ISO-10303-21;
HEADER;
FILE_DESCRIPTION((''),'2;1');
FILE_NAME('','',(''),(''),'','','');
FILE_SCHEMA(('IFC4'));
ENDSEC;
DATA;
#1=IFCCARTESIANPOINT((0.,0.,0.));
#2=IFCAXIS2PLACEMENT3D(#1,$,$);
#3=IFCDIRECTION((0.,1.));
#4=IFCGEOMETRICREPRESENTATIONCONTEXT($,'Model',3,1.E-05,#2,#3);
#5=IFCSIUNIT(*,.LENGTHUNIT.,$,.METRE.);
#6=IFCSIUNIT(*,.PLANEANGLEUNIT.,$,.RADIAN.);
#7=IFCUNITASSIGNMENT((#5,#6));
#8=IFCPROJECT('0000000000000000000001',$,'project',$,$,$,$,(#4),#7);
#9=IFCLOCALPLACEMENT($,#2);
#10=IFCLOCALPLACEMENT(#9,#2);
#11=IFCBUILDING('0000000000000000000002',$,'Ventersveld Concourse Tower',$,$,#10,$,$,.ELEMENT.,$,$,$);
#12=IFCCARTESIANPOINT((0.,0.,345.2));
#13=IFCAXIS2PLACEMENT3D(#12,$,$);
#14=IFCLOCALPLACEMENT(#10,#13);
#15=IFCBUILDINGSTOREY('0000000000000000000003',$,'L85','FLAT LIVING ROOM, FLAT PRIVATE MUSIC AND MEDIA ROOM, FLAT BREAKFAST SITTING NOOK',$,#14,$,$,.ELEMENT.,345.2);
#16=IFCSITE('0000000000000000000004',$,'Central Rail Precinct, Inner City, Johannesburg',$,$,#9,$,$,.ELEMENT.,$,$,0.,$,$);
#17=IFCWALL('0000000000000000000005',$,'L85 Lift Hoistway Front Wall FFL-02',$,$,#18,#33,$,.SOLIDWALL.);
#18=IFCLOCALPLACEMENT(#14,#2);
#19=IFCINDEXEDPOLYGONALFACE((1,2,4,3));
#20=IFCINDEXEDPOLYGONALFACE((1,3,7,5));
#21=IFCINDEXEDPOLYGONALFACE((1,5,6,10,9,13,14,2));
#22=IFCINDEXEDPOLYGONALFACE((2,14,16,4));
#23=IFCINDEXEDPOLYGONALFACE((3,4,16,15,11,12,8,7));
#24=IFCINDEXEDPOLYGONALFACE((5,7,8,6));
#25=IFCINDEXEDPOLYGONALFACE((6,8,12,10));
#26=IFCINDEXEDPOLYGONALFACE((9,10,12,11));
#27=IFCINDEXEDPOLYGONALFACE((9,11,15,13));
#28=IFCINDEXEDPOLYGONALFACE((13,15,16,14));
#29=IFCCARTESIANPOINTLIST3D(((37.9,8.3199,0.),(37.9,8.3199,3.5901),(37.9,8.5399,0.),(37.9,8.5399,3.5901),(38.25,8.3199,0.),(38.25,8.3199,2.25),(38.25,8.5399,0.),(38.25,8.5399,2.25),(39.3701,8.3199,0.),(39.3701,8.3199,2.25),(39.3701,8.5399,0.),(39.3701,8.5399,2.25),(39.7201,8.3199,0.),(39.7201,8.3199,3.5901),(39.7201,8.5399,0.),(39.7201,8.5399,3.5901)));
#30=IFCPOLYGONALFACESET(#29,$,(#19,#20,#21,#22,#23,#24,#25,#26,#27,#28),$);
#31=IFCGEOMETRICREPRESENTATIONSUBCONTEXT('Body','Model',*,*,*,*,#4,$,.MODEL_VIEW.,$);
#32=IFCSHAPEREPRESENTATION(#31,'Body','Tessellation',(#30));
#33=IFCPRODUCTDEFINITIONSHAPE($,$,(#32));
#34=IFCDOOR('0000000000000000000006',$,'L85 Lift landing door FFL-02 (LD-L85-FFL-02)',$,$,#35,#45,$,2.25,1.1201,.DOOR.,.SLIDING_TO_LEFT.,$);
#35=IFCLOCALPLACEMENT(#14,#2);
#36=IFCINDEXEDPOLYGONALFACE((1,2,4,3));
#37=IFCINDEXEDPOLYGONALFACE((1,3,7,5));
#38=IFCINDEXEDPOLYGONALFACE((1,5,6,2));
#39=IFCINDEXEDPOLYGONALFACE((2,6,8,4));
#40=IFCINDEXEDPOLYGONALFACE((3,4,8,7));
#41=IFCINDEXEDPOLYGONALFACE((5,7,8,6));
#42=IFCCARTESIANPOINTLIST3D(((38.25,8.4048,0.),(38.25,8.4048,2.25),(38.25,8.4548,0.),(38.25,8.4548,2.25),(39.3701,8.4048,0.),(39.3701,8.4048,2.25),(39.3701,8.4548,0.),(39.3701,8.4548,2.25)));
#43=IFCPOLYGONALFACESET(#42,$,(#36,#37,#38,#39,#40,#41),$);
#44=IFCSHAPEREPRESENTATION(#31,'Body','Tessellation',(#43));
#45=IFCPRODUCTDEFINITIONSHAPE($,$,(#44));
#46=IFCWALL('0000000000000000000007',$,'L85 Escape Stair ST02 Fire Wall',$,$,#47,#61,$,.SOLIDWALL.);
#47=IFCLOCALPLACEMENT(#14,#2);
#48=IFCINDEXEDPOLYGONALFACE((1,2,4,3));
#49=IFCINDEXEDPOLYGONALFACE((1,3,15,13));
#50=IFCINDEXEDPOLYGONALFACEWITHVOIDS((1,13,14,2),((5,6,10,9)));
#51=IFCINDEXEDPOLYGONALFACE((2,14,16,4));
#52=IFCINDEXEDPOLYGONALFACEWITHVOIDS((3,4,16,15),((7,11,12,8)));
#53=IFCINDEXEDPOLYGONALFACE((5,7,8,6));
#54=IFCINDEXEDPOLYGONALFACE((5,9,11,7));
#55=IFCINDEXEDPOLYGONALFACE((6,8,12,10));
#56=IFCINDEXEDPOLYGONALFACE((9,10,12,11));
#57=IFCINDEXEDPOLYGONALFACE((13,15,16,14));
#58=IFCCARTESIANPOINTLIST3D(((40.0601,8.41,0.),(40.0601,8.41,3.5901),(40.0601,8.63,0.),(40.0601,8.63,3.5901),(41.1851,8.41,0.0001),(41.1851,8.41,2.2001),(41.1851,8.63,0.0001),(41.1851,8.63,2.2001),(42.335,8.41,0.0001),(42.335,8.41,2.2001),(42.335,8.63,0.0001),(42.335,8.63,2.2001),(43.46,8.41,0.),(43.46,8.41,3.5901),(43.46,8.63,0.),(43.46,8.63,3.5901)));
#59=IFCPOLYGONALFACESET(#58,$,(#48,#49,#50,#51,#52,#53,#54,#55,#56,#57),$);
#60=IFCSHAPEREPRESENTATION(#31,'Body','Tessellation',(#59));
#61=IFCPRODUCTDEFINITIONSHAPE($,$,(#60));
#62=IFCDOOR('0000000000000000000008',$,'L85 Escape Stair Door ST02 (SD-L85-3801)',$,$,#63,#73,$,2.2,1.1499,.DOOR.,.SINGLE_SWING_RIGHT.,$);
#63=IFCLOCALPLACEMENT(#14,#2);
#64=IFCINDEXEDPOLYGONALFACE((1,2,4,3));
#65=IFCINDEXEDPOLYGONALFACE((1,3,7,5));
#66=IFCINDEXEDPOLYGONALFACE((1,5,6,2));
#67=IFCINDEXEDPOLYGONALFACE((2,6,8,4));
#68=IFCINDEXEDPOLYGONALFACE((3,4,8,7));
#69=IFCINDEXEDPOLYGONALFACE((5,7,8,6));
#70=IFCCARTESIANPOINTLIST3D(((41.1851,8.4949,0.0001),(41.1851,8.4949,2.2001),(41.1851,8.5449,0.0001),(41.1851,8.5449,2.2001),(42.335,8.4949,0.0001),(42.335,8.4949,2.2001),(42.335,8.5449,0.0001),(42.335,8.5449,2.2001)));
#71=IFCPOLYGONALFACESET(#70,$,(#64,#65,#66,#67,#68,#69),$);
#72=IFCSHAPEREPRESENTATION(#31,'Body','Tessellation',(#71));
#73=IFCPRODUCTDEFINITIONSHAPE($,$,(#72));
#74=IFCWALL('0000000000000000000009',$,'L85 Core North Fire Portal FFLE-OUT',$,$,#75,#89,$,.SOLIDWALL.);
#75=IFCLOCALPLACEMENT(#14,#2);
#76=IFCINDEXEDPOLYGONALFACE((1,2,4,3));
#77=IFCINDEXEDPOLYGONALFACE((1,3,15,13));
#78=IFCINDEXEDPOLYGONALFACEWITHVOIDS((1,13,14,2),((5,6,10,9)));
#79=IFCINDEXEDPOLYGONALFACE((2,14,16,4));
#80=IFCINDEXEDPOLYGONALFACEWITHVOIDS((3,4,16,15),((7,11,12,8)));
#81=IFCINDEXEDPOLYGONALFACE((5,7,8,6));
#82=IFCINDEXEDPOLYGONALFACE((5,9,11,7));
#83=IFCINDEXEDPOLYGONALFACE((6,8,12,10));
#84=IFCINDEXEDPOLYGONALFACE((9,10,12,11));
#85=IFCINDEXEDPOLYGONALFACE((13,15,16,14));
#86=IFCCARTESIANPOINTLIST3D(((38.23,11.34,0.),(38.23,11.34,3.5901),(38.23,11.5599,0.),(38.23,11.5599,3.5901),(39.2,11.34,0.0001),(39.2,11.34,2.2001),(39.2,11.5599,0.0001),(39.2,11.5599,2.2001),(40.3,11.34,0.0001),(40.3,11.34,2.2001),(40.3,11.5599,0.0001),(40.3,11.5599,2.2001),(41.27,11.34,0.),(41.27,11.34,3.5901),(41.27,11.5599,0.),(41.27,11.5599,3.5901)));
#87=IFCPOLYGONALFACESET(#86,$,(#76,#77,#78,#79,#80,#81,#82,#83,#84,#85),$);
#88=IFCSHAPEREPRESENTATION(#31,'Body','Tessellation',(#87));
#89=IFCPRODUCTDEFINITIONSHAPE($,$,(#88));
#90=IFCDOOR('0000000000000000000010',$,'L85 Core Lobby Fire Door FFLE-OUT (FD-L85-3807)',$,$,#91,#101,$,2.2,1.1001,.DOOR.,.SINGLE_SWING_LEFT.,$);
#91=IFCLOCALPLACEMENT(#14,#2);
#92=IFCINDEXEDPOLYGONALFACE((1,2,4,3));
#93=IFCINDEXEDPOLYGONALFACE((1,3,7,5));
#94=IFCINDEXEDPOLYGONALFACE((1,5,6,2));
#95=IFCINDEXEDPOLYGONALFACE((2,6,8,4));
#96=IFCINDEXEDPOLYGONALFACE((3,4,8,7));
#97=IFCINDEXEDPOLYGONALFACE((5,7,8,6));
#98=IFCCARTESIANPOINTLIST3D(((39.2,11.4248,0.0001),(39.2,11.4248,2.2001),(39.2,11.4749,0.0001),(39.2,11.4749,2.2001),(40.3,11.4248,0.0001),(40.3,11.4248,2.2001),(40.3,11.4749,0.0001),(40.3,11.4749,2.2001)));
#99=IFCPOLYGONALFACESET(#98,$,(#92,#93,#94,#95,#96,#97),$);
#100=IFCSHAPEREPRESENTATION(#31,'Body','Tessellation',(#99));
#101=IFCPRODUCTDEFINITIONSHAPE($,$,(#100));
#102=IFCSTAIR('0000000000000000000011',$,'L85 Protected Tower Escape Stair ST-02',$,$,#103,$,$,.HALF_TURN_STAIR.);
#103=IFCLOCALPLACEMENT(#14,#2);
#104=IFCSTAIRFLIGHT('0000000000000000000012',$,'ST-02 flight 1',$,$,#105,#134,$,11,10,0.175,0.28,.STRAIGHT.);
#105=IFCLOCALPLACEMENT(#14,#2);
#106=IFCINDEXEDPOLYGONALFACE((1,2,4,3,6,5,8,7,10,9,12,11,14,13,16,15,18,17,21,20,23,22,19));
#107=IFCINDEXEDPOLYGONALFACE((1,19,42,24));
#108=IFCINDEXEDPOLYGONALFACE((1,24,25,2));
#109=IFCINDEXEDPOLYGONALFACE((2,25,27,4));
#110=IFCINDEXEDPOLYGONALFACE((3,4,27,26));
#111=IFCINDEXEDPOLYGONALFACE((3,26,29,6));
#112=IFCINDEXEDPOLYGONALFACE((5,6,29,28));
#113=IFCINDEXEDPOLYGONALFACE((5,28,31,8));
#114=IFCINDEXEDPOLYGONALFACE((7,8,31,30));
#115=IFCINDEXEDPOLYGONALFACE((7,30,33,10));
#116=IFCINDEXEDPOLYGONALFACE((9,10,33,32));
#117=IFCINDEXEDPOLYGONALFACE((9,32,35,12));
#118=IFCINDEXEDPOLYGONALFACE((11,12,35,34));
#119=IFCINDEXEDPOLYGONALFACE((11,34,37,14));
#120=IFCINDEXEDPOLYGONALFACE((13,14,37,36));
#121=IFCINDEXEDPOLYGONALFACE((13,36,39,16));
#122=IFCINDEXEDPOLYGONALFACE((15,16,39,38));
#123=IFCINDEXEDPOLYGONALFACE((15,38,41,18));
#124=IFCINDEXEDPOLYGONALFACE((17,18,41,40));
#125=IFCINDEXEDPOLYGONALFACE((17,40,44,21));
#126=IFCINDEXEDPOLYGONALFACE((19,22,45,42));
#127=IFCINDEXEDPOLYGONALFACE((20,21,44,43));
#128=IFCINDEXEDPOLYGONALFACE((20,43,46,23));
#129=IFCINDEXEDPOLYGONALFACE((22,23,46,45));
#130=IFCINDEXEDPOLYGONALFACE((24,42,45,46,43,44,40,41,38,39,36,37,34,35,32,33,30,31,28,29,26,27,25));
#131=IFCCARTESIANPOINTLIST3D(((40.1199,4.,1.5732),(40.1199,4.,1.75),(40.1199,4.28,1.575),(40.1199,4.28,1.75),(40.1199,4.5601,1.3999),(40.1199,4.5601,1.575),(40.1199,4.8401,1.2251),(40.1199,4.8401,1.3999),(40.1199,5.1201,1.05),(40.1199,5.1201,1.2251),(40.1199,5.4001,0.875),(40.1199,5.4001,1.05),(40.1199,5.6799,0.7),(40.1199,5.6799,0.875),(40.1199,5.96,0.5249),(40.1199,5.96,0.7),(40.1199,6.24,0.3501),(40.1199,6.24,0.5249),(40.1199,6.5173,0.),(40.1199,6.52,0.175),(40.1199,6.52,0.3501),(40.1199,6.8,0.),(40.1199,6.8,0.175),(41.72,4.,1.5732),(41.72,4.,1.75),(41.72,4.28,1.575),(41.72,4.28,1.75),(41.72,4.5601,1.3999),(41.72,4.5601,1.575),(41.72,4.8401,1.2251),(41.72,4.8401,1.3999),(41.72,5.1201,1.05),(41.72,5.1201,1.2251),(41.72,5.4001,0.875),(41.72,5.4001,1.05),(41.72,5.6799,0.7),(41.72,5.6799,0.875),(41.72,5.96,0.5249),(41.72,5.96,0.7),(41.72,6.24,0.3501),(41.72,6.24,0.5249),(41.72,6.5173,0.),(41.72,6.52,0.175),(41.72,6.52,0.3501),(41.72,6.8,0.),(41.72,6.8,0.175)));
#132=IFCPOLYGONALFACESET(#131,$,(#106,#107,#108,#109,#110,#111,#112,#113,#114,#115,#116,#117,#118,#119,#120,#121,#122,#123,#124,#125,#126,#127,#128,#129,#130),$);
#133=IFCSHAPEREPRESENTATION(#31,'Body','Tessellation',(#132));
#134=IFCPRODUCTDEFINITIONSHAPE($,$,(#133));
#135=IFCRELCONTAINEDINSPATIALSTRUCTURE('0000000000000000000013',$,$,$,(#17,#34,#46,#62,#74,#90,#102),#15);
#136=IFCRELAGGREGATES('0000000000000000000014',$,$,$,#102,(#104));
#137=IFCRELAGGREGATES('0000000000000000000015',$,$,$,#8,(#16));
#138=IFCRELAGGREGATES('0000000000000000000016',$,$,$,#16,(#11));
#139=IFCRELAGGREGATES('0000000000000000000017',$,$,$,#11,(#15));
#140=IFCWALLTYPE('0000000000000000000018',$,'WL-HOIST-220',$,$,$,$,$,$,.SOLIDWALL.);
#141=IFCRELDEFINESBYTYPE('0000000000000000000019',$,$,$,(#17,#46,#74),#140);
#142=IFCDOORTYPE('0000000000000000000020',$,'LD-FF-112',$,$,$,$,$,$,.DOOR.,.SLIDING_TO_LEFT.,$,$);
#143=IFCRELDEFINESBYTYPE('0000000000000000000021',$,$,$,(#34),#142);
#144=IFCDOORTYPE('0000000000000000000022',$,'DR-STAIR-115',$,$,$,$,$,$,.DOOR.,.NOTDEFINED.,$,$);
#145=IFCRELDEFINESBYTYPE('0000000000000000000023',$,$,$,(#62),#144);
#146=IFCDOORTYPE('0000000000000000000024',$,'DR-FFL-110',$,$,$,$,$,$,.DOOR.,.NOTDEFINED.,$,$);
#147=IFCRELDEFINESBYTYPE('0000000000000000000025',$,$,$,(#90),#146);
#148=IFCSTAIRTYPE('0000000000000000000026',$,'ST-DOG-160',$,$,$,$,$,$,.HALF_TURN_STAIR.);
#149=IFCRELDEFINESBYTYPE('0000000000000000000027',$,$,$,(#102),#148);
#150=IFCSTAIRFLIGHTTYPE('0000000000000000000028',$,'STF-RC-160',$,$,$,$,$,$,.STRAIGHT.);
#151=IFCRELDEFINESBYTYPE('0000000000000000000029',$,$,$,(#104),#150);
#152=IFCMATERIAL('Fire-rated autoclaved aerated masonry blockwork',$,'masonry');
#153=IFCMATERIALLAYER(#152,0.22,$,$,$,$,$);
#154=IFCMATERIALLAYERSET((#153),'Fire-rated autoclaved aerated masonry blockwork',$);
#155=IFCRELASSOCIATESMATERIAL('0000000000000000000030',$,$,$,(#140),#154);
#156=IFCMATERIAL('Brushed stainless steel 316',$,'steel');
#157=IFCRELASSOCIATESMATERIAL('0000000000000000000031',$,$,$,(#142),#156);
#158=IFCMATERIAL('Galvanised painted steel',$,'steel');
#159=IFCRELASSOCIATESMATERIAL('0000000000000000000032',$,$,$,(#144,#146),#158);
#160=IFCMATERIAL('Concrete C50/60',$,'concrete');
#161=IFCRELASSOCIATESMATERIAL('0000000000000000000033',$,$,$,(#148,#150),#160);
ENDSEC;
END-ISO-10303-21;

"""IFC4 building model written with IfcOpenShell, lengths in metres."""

from ifc_helpers import new_model, si_unit, direction, frame, frame_2d, origin, place, context, subcontext, project, spatial, polyline, rectangle, outline, extrude, material, layer, layer_set, type_object, element, fill, aggregate, save


model = new_model("IFC4")

# Units and contexts
model_context = context("Model", 3, precision=1e-05, world=origin(), true_north=direction((0.0, 1.0)))
body_context = subcontext(model_context, "Body", "Model", "MODEL_VIEW")
ifc_project = project(units=[si_unit("LENGTHUNIT", "METRE"), si_unit("PLANEANGLEUNIT", "RADIAN")], contexts=[model_context])

# Site, building, storey
site_placement = place(None, origin())
site = spatial("IfcSite", under=ifc_project, at=site_placement, Name="Central Rail Precinct, Inner City, Johannesburg", CompositionType="ELEMENT", RefElevation=0.0)
building_placement = place(site_placement, origin())
building = spatial("IfcBuilding", under=site, at=building_placement, Name="Ventersveld Concourse Tower", CompositionType="ELEMENT")
storey_placement = place(building_placement, frame((0.0, 0.0, 345.2)))
storey = spatial("IfcBuildingStorey", under=building, at=storey_placement, Name="L85", Description="FLAT LIVING ROOM, FLAT PRIVATE MUSIC AND MEDIA ROOM, FLAT BREAKFAST SITTING NOOK", CompositionType="ELEMENT", Elevation=345.2)

# Shared definitions
ifc_material_1 = material(Name="Concrete C50/60", Category="concrete")

# Shared definitions
ifc_material_2 = material(Name="Fire-rated autoclaved aerated masonry blockwork", Category="masonry")

# Shared definitions
ifc_layer_1 = layer(ifc_material_2, 0.22)
ifc_layer_set_1 = layer_set([ifc_layer_1], Name="Fire-rated autoclaved aerated masonry blockwork")
wall_type_1 = type_object("IfcWallType", Name="WL-HOIST-220", PredefinedType="SOLIDWALL", material=ifc_layer_set_1)

# Walls, openings, doors
wall_1_placement = place(storey_placement, frame((37.8999, 8.4299, 0.0), z_axis=(0.0, 0.0, 1.0), x_axis=(1.0, 0.0, 0.0)))
wall_1 = element("IfcWall", 1, at=wall_1_placement, inside=storey, type_object=wall_type_1, Name="L85 Lift Hoistway Front Wall FFL-02", PredefinedType="SOLIDWALL", context=body_context, shape_type="SweptSolid", body=[
    extrude(rectangle(XDim=1.8201, YDim=0.22, at=frame_2d((0.9102, 0.0))), origin(), (0.0, 0.0, 1.0), 3.5901),
])
opening_1_placement = place(wall_1_placement, frame((0.3501, 0.0, 0.0)))
opening_1 = element("IfcOpeningElement", 2, at=opening_1_placement, cuts=wall_1, PredefinedType="OPENING", context=body_context, shape_type="SweptSolid", body=[
    extrude(rectangle(XDim=1.1201, YDim=2.25, at=frame_2d((0.5601, 1.125))), frame((0.0, 0.1201, 0.0), z_axis=(0.0, -1.0, 0.0), x_axis=(1.0, 0.0, 0.0)), (0.0, 0.0, 1.0), 0.24),
])
ifc_material_3 = material(Name="Brushed stainless steel 316", Category="steel")
door_type_1 = type_object("IfcDoorType", Name="LD-FF-112", OperationType="SLIDING_TO_LEFT", PredefinedType="DOOR", material=ifc_material_3)
door_1_placement = place(opening_1_placement, origin())
door_1 = element("IfcDoor", 3, at=door_1_placement, inside=storey, type_object=door_type_1, Name="L85 Lift landing door FFL-02 (LD-L85-FFL-02)", OperationType="SLIDING_TO_LEFT", OverallHeight=2.25, OverallWidth=1.1201, PredefinedType="DOOR", context=body_context, shape_type="SweptSolid", body=[
    extrude(rectangle(XDim=1.1201, YDim=2.25, at=frame_2d((0.5601, 1.125))), frame((0.0, 0.0249, 0.0), z_axis=(0.0, -1.0, 0.0), x_axis=(1.0, 0.0, 0.0)), (0.0, 0.0, 1.0), 0.05),
])
fill(opening_1, door_1)
wall_2_placement = place(storey_placement, frame((40.0601, 8.52, 0.0), z_axis=(0.0, 0.0, 1.0), x_axis=(1.0, 0.0, 0.0)))
wall_2 = element("IfcWall", 4, at=wall_2_placement, inside=storey, type_object=wall_type_1, Name="L85 Escape Stair ST02 Fire Wall", PredefinedType="SOLIDWALL", context=body_context, shape_type="SweptSolid", body=[
    extrude(rectangle(XDim=3.3999, YDim=0.22, at=frame_2d((1.7, 0.0))), origin(), (0.0, 0.0, 1.0), 3.5901),
])
opening_2_placement = place(wall_2_placement, frame((1.125, 0.0, 0.0)))
opening_2 = element("IfcOpeningElement", 5, at=opening_2_placement, cuts=wall_2, PredefinedType="OPENING", context=body_context, shape_type="SweptSolid", body=[
    extrude(rectangle(XDim=1.1499, YDim=2.2, at=frame_2d((0.575, 1.1001))), frame((0.0, 0.1201, 0.0), z_axis=(0.0, -1.0, 0.0), x_axis=(1.0, 0.0, 0.0)), (0.0, 0.0, 1.0), 0.24),
])
ifc_material_4 = material(Name="Galvanised painted steel", Category="steel")
door_type_2 = type_object("IfcDoorType", Name="DR-STAIR-115", OperationType="NOTDEFINED", PredefinedType="DOOR", material=ifc_material_4)
door_2_placement = place(opening_2_placement, origin())
door_2 = element("IfcDoor", 6, at=door_2_placement, inside=storey, type_object=door_type_2, Name="L85 Escape Stair Door ST02 (SD-L85-3801)", OperationType="SINGLE_SWING_RIGHT", OverallHeight=2.2, OverallWidth=1.1499, PredefinedType="DOOR", context=body_context, shape_type="SweptSolid", body=[
    extrude(rectangle(XDim=1.1499, YDim=2.2, at=frame_2d((0.575, 1.1001))), frame((0.0, 0.0249, 0.0), z_axis=(0.0, -1.0, 0.0), x_axis=(1.0, 0.0, 0.0)), (0.0, 0.0, 1.0), 0.05),
])
fill(opening_2, door_2)
wall_3_placement = place(storey_placement, frame((38.23, 11.45, 0.0), z_axis=(0.0, 0.0, 1.0), x_axis=(1.0, 0.0, 0.0)))
wall_3 = element("IfcWall", 7, at=wall_3_placement, inside=storey, type_object=wall_type_1, Name="L85 Core North Fire Portal FFLE-OUT", PredefinedType="SOLIDWALL", context=body_context, shape_type="SweptSolid", body=[
    extrude(rectangle(XDim=3.04, YDim=0.22, at=frame_2d((1.52, 0.0))), origin(), (0.0, 0.0, 1.0), 3.5901),
])
opening_3_placement = place(wall_3_placement, frame((0.97, 0.0, 0.0)))
opening_3 = element("IfcOpeningElement", 8, at=opening_3_placement, cuts=wall_3, PredefinedType="OPENING", context=body_context, shape_type="SweptSolid", body=[
    extrude(rectangle(XDim=1.1001, YDim=2.2, at=frame_2d((0.55, 1.1001))), frame((0.0, 0.1201, 0.0), z_axis=(0.0, -1.0, 0.0), x_axis=(1.0, 0.0, 0.0)), (0.0, 0.0, 1.0), 0.24),
])
door_type_3 = type_object("IfcDoorType", Name="DR-FFL-110", OperationType="NOTDEFINED", PredefinedType="DOOR", material=ifc_material_4)
door_3_placement = place(opening_3_placement, origin())
door_3 = element("IfcDoor", 9, at=door_3_placement, inside=storey, type_object=door_type_3, Name="L85 Core Lobby Fire Door FFLE-OUT (FD-L85-3807)", OperationType="SINGLE_SWING_LEFT", OverallHeight=2.2, OverallWidth=1.1001, PredefinedType="DOOR", context=body_context, shape_type="SweptSolid", body=[
    extrude(rectangle(XDim=1.1001, YDim=2.2, at=frame_2d((0.55, 1.1001))), frame((0.0, 0.0249, 0.0), z_axis=(0.0, -1.0, 0.0), x_axis=(1.0, 0.0, 0.0)), (0.0, 0.0, 1.0), 0.05),
])
fill(opening_3, door_3)

# Stair, stair flight
stair_type = type_object("IfcStairType", Name="ST-DOG-160", PredefinedType="HALF_TURN_STAIR", material=ifc_material_1)
stair_placement = place(storey_placement, origin())
stair = element("IfcStair", 10, at=stair_placement, inside=storey, type_object=stair_type, Name="L85 Protected Tower Escape Stair ST-02", PredefinedType="HALF_TURN_STAIR")
stair_flight_type = type_object("IfcStairFlightType", Name="STF-RC-160", PredefinedType="STRAIGHT", material=ifc_material_1)
stair_flight_placement = place(storey_placement, frame((40.9199, 6.8, 0.0), z_axis=(0.0, 0.0, 1.0), x_axis=(0.0, -1.0, 0.0)))
stair_flight = element("IfcStairFlight", 11, at=stair_flight_placement, type_object=stair_flight_type, Name="ST-02 flight 1", NumberOfRisers=11, NumberOfTreads=10, PredefinedType="STRAIGHT", RiserHeight=0.175, TreadLength=0.28, context=body_context, shape_type="SweptSolid", body=[
    extrude(outline(polyline([(0.0, 0.0), (0.0, 0.175), (0.28, 0.175), (0.28, 0.3501), (0.5601, 0.3501), (0.5601, 0.5249), (0.8401, 0.5249), (0.8401, 0.7), (1.1201, 0.7), (1.1201, 0.875), (1.3999, 0.875), (1.3999, 1.05), (1.6799, 1.05), (1.6799, 1.2251), (1.96, 1.2251), (1.96, 1.3999), (2.24, 1.3999), (2.24, 1.575), (2.52, 1.575), (2.52, 1.75), (2.8, 1.75), (2.8, 1.925), (2.8, 1.5732), (0.2827, 0.0), (0.0, 0.0)])), frame((0.0, 0.8, 0.0), z_axis=(0.0, -1.0, 0.0), x_axis=(1.0, 0.0, 0.0)), (0.0, 0.0, 1.0), 1.6001),
])
aggregate(stair, [stair_flight])

save(model, "model.ifc")
